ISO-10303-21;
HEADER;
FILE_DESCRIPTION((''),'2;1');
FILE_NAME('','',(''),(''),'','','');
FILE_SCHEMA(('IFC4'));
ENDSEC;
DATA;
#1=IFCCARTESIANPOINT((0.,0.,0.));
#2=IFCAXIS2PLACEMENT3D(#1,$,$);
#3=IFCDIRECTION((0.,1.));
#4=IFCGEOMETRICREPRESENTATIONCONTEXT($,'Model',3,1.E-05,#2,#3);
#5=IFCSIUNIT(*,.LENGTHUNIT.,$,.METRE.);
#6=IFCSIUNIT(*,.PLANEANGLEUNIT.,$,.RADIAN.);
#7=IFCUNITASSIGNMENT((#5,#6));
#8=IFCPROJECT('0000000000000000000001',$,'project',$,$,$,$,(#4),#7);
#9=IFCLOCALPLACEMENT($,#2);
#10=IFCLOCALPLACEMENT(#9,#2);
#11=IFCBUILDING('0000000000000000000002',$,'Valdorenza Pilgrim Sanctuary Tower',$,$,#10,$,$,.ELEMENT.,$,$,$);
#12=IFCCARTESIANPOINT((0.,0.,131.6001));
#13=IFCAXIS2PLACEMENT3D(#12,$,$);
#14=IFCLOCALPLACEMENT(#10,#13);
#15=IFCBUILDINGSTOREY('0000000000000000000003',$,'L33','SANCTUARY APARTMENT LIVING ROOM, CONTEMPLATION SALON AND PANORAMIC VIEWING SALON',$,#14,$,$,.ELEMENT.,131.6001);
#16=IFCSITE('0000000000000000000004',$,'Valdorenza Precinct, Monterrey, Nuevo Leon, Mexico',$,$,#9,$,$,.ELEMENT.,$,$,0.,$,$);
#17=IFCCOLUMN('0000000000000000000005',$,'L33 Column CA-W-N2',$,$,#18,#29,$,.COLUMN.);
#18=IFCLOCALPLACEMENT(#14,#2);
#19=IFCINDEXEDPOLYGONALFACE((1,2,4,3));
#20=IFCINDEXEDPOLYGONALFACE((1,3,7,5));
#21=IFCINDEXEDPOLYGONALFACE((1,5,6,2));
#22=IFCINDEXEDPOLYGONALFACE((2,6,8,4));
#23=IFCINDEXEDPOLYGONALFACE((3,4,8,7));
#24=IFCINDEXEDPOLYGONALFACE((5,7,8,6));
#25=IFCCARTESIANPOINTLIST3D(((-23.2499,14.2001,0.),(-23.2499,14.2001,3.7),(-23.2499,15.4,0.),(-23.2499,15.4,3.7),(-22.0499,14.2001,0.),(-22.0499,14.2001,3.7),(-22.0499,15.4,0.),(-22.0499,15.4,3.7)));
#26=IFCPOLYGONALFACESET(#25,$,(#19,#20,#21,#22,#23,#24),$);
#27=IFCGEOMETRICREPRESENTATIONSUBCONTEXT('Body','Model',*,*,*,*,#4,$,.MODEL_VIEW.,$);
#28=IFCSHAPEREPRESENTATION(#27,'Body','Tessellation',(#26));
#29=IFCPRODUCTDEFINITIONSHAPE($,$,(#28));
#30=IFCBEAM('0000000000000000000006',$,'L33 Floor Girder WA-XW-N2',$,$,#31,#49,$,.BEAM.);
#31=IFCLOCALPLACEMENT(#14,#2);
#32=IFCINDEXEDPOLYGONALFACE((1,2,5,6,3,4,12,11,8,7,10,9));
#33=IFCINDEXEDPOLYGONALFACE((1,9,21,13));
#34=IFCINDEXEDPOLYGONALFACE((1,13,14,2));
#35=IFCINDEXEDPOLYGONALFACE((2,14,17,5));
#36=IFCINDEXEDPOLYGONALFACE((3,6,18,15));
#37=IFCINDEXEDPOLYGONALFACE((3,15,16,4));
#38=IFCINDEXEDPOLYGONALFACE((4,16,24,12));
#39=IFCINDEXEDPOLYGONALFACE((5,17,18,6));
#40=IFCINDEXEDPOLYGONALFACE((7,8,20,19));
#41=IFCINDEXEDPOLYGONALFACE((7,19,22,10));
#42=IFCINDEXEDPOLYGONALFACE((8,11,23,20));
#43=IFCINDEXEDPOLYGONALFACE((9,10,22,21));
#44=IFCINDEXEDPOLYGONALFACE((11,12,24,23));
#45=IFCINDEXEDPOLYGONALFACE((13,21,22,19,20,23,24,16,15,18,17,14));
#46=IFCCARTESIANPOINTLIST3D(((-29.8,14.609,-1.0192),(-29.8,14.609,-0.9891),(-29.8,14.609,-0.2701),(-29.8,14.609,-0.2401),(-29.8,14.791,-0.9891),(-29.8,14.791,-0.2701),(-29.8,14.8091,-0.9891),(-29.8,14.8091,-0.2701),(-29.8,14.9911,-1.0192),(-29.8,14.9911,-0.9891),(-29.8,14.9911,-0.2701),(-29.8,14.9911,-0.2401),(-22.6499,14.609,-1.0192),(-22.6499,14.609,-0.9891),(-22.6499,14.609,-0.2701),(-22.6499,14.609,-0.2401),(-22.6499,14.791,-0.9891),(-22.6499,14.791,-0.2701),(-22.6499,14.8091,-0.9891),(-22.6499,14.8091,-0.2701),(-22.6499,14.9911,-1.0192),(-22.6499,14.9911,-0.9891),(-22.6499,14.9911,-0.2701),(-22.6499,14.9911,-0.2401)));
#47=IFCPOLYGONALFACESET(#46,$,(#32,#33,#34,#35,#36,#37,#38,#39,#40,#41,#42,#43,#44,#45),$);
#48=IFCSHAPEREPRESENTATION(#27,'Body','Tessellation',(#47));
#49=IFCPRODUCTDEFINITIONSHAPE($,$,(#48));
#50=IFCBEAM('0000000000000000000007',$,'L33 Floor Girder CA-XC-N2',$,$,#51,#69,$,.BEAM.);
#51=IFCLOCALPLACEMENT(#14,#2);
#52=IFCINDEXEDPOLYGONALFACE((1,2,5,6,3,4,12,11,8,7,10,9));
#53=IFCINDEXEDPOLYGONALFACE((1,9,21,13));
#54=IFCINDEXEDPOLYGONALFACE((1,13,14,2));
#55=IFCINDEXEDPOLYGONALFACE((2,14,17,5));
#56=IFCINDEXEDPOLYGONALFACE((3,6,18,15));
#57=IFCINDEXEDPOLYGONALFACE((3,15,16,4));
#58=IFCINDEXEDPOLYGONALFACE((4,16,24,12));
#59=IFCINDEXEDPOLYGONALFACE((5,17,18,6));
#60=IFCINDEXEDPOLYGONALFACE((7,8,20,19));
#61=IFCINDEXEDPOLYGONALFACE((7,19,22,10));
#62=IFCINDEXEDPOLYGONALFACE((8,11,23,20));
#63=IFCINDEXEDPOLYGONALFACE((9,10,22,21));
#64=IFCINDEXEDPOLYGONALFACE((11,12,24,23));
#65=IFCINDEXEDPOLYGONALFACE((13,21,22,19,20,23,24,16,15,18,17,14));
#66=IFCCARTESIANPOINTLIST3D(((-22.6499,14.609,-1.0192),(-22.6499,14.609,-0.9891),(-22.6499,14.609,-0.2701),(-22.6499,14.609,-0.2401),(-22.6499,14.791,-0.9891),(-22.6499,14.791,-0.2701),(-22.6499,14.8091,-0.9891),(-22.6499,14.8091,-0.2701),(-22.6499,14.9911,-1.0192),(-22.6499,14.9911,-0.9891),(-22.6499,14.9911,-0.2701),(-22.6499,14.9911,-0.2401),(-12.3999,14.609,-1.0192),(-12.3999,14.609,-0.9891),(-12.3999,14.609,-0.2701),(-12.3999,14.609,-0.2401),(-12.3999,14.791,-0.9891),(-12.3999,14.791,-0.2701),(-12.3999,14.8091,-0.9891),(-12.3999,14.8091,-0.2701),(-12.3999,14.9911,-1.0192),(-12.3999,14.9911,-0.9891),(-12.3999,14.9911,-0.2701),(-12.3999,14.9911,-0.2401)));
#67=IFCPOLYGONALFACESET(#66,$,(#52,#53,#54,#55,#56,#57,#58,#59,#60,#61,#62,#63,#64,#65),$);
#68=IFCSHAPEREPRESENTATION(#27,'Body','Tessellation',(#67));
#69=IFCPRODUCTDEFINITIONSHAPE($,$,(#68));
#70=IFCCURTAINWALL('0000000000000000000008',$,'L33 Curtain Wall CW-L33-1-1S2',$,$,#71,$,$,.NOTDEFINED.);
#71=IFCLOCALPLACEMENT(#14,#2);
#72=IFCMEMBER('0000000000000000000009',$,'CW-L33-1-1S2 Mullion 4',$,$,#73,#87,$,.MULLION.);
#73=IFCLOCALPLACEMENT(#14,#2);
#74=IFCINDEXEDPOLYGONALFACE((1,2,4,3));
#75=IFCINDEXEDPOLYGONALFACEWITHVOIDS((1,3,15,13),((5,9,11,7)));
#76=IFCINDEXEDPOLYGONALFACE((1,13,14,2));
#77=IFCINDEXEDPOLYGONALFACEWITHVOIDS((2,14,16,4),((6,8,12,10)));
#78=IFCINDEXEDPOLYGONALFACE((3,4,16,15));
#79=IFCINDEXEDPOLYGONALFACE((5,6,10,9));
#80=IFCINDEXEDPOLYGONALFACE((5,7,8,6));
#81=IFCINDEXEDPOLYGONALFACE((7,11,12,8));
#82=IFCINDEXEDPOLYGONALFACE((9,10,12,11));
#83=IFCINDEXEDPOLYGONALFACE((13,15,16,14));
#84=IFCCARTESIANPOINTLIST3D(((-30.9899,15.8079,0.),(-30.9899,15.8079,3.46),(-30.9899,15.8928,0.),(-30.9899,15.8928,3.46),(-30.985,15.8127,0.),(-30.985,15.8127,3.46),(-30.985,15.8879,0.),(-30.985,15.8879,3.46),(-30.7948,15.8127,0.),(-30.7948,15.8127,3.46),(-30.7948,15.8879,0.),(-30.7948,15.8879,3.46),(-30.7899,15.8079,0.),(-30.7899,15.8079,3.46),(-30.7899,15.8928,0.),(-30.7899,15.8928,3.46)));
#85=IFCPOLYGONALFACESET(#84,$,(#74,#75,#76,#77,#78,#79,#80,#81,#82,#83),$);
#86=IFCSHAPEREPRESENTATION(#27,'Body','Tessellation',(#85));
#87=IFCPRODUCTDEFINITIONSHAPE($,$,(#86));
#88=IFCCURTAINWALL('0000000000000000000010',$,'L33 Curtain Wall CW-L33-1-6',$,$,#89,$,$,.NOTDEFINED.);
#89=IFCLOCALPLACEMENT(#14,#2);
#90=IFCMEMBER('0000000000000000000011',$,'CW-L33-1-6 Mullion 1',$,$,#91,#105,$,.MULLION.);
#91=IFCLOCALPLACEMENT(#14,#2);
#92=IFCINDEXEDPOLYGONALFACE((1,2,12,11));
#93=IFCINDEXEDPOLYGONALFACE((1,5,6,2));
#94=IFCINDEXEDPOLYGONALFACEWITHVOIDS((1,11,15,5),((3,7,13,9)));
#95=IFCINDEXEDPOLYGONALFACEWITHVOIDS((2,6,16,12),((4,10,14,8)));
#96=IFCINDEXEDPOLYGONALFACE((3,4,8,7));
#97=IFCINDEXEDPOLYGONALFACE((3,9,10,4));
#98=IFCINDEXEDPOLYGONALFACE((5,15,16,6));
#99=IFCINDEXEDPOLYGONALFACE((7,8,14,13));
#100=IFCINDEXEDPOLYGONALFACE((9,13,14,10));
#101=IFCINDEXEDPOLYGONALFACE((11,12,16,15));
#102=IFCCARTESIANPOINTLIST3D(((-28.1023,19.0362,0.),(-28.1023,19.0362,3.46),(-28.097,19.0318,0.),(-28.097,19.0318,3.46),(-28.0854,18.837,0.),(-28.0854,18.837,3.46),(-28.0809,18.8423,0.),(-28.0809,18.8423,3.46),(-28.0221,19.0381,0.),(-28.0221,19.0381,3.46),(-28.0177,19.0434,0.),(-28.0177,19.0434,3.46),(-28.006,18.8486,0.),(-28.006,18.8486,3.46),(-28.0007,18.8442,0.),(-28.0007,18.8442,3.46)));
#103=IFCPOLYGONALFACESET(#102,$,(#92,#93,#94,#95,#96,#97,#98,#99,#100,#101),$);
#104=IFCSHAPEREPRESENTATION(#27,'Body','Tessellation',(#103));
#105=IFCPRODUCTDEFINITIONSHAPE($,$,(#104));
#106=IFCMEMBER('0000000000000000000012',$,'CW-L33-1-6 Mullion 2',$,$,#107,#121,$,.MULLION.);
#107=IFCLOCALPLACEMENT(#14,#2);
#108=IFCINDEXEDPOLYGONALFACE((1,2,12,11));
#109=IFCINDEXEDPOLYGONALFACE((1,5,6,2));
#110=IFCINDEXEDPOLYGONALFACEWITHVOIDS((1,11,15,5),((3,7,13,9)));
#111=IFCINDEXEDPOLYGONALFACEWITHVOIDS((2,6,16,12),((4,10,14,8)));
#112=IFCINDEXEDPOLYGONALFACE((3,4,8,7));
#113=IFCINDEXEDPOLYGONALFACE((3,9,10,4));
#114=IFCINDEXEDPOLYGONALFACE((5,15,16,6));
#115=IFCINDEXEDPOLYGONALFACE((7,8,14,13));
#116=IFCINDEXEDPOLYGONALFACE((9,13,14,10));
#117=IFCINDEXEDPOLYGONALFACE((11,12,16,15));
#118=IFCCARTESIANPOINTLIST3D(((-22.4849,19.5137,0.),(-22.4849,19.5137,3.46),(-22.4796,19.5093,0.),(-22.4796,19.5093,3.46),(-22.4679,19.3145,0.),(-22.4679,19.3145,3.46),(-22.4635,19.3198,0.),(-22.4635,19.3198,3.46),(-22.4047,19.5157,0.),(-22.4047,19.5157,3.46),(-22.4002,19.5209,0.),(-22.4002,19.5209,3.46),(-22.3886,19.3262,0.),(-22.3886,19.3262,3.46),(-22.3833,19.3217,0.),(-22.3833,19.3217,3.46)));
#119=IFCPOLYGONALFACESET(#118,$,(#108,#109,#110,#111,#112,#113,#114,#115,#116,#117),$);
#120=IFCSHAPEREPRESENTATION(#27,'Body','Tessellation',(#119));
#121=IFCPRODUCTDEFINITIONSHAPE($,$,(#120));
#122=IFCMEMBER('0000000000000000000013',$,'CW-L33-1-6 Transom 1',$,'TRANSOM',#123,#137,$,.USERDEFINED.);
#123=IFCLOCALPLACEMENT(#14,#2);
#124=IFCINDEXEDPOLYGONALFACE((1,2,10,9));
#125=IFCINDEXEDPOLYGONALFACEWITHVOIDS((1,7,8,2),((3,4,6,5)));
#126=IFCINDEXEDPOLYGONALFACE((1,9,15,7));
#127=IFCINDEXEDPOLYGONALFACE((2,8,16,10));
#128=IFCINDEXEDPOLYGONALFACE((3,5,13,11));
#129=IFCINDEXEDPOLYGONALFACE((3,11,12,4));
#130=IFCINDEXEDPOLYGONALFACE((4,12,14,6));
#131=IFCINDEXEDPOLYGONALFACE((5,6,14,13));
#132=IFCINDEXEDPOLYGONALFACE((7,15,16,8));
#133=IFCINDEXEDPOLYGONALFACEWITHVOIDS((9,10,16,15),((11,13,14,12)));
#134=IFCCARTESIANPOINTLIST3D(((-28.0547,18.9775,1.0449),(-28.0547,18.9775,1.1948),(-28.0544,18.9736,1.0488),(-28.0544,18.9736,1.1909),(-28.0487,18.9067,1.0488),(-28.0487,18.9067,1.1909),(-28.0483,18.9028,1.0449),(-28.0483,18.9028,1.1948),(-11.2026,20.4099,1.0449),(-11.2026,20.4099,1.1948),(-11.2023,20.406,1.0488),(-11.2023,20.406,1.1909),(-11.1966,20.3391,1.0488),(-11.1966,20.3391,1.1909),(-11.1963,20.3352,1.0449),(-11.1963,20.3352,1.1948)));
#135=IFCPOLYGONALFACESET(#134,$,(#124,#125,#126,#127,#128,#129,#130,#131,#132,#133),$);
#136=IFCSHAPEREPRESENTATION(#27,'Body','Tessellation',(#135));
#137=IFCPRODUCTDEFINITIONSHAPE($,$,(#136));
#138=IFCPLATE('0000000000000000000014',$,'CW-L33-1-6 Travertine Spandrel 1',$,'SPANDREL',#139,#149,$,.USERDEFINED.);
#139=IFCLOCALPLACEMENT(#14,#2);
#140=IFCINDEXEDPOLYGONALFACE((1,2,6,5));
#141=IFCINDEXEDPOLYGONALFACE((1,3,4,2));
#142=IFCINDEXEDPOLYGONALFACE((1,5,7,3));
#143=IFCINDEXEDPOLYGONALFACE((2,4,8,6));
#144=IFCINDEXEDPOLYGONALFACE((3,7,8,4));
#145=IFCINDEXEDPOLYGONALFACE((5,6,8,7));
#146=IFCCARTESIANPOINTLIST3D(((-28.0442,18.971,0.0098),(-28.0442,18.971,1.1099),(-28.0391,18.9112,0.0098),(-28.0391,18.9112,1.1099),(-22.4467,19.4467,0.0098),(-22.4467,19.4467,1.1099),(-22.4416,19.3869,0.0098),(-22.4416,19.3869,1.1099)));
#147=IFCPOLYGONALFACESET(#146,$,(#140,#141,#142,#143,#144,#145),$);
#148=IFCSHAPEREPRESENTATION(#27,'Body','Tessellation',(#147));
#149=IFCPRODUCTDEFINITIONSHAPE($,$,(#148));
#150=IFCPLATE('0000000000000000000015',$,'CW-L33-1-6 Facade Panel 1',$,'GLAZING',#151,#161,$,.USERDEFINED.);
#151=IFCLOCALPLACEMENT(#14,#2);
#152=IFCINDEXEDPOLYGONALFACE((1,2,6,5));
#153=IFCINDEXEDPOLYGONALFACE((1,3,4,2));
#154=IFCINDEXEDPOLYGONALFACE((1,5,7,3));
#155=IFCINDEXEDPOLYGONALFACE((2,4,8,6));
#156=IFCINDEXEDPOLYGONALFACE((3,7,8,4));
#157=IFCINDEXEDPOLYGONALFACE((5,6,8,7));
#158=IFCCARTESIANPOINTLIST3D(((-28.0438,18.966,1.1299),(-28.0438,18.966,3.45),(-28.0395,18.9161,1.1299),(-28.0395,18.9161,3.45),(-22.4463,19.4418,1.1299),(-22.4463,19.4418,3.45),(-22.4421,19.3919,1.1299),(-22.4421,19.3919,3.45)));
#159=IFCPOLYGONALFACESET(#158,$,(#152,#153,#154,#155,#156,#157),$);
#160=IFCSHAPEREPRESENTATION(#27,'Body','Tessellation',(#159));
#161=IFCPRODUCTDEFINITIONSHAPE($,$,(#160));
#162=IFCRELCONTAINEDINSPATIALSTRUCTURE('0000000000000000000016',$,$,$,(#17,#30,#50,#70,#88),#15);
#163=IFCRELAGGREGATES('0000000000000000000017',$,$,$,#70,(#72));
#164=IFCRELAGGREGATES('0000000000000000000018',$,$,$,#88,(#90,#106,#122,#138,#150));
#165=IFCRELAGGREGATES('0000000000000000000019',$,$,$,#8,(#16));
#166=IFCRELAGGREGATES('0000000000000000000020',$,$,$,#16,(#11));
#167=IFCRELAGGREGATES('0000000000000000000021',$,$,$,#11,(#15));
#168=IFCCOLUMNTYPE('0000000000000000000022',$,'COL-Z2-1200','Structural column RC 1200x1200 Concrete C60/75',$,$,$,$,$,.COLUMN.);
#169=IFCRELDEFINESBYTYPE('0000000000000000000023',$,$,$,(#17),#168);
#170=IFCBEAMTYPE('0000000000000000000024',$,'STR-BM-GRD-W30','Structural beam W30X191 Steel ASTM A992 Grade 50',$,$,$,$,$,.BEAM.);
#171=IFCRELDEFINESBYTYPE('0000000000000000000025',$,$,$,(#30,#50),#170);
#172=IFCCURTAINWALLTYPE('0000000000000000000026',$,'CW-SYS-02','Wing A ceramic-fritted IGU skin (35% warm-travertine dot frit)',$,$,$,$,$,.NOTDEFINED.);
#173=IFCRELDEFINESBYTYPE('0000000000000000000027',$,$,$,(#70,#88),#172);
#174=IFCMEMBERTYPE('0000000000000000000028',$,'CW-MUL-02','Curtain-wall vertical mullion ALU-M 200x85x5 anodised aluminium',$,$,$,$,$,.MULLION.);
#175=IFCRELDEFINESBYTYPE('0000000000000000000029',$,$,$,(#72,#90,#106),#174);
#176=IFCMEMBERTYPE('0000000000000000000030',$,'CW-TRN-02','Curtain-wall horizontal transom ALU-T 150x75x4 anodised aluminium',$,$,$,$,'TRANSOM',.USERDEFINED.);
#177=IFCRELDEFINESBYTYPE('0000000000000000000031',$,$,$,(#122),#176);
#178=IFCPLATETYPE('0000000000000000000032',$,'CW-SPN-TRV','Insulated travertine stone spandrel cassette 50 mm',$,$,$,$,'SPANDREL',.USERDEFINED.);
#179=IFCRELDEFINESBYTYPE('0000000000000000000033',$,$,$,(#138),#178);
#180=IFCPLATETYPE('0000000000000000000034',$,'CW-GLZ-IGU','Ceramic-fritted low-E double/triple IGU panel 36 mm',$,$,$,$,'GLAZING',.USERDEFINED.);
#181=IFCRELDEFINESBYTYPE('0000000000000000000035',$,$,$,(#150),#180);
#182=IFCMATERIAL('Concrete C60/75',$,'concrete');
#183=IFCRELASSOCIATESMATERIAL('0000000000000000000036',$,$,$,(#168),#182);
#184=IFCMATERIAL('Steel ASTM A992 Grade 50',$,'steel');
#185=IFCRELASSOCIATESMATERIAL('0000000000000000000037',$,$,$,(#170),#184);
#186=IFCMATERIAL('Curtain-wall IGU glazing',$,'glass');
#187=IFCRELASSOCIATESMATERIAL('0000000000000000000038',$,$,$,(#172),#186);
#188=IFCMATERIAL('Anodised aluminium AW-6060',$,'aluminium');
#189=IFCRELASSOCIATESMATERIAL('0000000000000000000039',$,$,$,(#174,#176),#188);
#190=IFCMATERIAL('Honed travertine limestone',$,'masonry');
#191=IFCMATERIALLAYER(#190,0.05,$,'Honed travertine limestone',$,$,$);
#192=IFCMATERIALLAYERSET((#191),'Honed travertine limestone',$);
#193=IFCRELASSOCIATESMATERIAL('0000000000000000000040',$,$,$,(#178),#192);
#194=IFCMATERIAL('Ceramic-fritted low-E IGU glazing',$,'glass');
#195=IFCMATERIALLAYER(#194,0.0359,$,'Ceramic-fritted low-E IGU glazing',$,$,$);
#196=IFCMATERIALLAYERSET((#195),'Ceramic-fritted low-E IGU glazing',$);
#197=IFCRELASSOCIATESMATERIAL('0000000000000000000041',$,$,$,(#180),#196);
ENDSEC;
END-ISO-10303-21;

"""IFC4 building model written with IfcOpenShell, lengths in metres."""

from ifc_helpers import new_model, si_unit, direction, frame, origin, origin_2d, place, context, subcontext, project, spatial, rectangle, hollow_rectangle, i_section, extrude, source, transform, mapped, material, layer, layer_set, material_profile, profile_set, type_object, element, aggregate, save


model = new_model("IFC4")

# Units and contexts
model_context = context("Model", 3, precision=1e-05, world=origin(), true_north=direction((0.0, 1.0)))
body_context = subcontext(model_context, "Body", "Model", "MODEL_VIEW")
ifc_project = project(units=[si_unit("LENGTHUNIT", "METRE"), si_unit("PLANEANGLEUNIT", "RADIAN")], contexts=[model_context])

# Site, building, storey
site_placement = place(None, origin())
site = spatial("IfcSite", under=ifc_project, at=site_placement, Name="Valdorenza Precinct, Monterrey, Nuevo Leon, Mexico", CompositionType="ELEMENT", RefElevation=0.0)
building_placement = place(site_placement, origin())
building = spatial("IfcBuilding", under=site, at=building_placement, Name="Valdorenza Pilgrim Sanctuary Tower", CompositionType="ELEMENT")
storey_placement = place(building_placement, frame((0.0, 0.0, 131.6001)))
storey = spatial("IfcBuildingStorey", under=building, at=storey_placement, Name="L33", Description="SANCTUARY APARTMENT LIVING ROOM, CONTEMPLATION SALON AND PANORAMIC VIEWING SALON", CompositionType="ELEMENT", Elevation=131.6001)

# Column
ifc_material_1 = material(Name="Concrete C60/75", Category="concrete")
ifc_material_profile_1 = material_profile(ifc_material_1, rectangle(XDim=1.2, YDim=1.2, at=origin_2d()), Name="RC 1200x1200")
ifc_profile_set_1 = profile_set([ifc_material_profile_1], Name="Concrete C60/75")
column_type = type_object("IfcColumnType", Name="COL-Z2-1200", Description="Structural column RC 1200x1200 Concrete C60/75", PredefinedType="COLUMN", material=ifc_profile_set_1)
shared_shape_1 = source(origin(), body_context, "Body", "SweptSolid", [
    extrude(rectangle(XDim=1.2, YDim=1.2, at=origin_2d()), origin(), (0.0, 0.0, 1.0), 3.7),
])
column_placement = place(storey_placement, frame((-22.6499, 14.8, 0.0), z_axis=(0.0, 0.0, 1.0), x_axis=(1.0, 0.0, 0.0)))
element("IfcColumn", 1, at=column_placement, inside=storey, type_object=column_type, Name="L33 Column CA-W-N2", PredefinedType="COLUMN", context=body_context, shape_type="MappedRepresentation", body=[
    mapped(shared_shape_1, transform((0.0, 0.0, 0.0), x_axis=(1.0, 0.0, 0.0), y_axis=(0.0, 1.0, 0.0), z_axis=(0.0, 0.0, 1.0), scale=1.0)),
])

# Beams
ifc_material_2 = material(Name="Steel ASTM A992 Grade 50", Category="steel")
ifc_material_profile_2 = material_profile(ifc_material_2, i_section(OverallWidth=0.3821, OverallDepth=0.7791, WebThickness=0.0181, FlangeThickness=0.03, at=origin_2d()), Name="W30X191")
ifc_profile_set_2 = profile_set([ifc_material_profile_2], Name="Steel ASTM A992 Grade 50")
beam_type = type_object("IfcBeamType", Name="STR-BM-GRD-W30", Description="Structural beam W30X191 Steel ASTM A992 Grade 50", PredefinedType="BEAM", material=ifc_profile_set_2)
shared_shape_2 = source(origin(), body_context, "Body", "SweptSolid", [
    extrude(i_section(OverallWidth=0.3821, OverallDepth=0.7791, WebThickness=0.0181, FlangeThickness=0.03, at=origin_2d()), origin(), (0.0, 0.0, 1.0), 7.1501),
])
beam_1_placement = place(storey_placement, frame((-29.8, 14.8, -0.6296), z_axis=(1.0, 0.0, 0.0), x_axis=(0.0, 1.0, 0.0)))
element("IfcBeam", 2, at=beam_1_placement, inside=storey, type_object=beam_type, Name="L33 Floor Girder WA-XW-N2", PredefinedType="BEAM", context=body_context, shape_type="MappedRepresentation", body=[
    mapped(shared_shape_2, transform((0.0, 0.0, 0.0), x_axis=(1.0, 0.0, 0.0), y_axis=(0.0, 1.0, 0.0), z_axis=(0.0, 0.0, 1.0), scale=1.0)),
])
shared_shape_3 = source(origin(), body_context, "Body", "SweptSolid", [
    extrude(i_section(OverallWidth=0.3821, OverallDepth=0.7791, WebThickness=0.0181, FlangeThickness=0.03, at=origin_2d()), origin(), (0.0, 0.0, 1.0), 10.25),
])
beam_2_placement = place(storey_placement, frame((-22.6499, 14.8, -0.6296), z_axis=(1.0, 0.0, 0.0), x_axis=(0.0, 1.0, 0.0)))
element("IfcBeam", 3, at=beam_2_placement, inside=storey, type_object=beam_type, Name="L33 Floor Girder CA-XC-N2", PredefinedType="BEAM", context=body_context, shape_type="MappedRepresentation", body=[
    mapped(shared_shape_3, transform((0.0, 0.0, 0.0), x_axis=(1.0, 0.0, 0.0), y_axis=(0.0, 1.0, 0.0), z_axis=(0.0, 0.0, 1.0), scale=1.0)),
])

# Curtain wall, member
ifc_material_3 = material(Name="Curtain-wall IGU glazing", Category="glass")
curtain_wall_type = type_object("IfcCurtainWallType", Name="CW-SYS-02", Description="Wing A ceramic-fritted IGU skin (35% warm-travertine dot frit)", PredefinedType="NOTDEFINED", material=ifc_material_3)
curtain_wall_1_placement = place(storey_placement, origin())
curtain_wall_1 = element("IfcCurtainWall", 4, at=curtain_wall_1_placement, inside=storey, type_object=curtain_wall_type, Name="L33 Curtain Wall CW-L33-1-1S2", PredefinedType="NOTDEFINED")
ifc_material_4 = material(Name="Anodised aluminium AW-6060", Category="aluminium")
ifc_material_profile_3 = material_profile(ifc_material_4, hollow_rectangle(XDim=0.085, YDim=0.2, WallThickness=0.0049, at=origin_2d()), Name="ALU-M 200x85x5")
ifc_profile_set_3 = profile_set([ifc_material_profile_3], Name="Anodised aluminium AW-6060")
member_type_1 = type_object("IfcMemberType", Name="CW-MUL-02", Description="Curtain-wall vertical mullion ALU-M 200x85x5 anodised aluminium", PredefinedType="MULLION", material=ifc_profile_set_3)
shared_shape_4 = source(origin(), body_context, "Body", "SweptSolid", [
    extrude(hollow_rectangle(XDim=0.085, YDim=0.2, WallThickness=0.0049, at=origin_2d()), origin(), (0.0, 0.0, 1.0), 3.46),
])
member_1_placement = place(storey_placement, frame((-30.8899, 15.8503, 0.0), z_axis=(0.0, 0.0, 1.0), x_axis=(0.0, 1.0, 0.0)))
member_1 = element("IfcMember", 5, at=member_1_placement, type_object=member_type_1, Name="CW-L33-1-1S2 Mullion 4", PredefinedType="MULLION", context=body_context, shape_type="MappedRepresentation", body=[
    mapped(shared_shape_4, transform((0.0, 0.0, 0.0), x_axis=(1.0, 0.0, 0.0), y_axis=(0.0, 1.0, 0.0), z_axis=(0.0, 0.0, 1.0), scale=1.0)),
])
aggregate(curtain_wall_1, [member_1])

# Curtain wall, members, plates
curtain_wall_2_placement = place(storey_placement, origin())
curtain_wall_2 = element("IfcCurtainWall", 6, at=curtain_wall_2_placement, inside=storey, type_object=curtain_wall_type, Name="L33 Curtain Wall CW-L33-1-6", PredefinedType="NOTDEFINED")
member_2_placement = place(storey_placement, frame((-28.0515, 18.9402, 0.0), z_axis=(0.0, 0.0, 1.0), x_axis=(0.996408, 0.084687, 0.0)))
member_2 = element("IfcMember", 7, at=member_2_placement, type_object=member_type_1, Name="CW-L33-1-6 Mullion 1", PredefinedType="MULLION", context=body_context, shape_type="MappedRepresentation", body=[
    mapped(shared_shape_4, transform((0.0, 0.0, 0.0), x_axis=(1.0, 0.0, 0.0), y_axis=(0.0, 1.0, 0.0), z_axis=(0.0, 0.0, 1.0), scale=1.0)),
])
member_3_placement = place(storey_placement, frame((-22.4341, 19.4177, 0.0), z_axis=(0.0, 0.0, 1.0), x_axis=(0.996408, 0.084687, 0.0)))
member_3 = element("IfcMember", 8, at=member_3_placement, type_object=member_type_1, Name="CW-L33-1-6 Mullion 2", PredefinedType="MULLION", context=body_context, shape_type="MappedRepresentation", body=[
    mapped(shared_shape_4, transform((0.0, 0.0, 0.0), x_axis=(1.0, 0.0, 0.0), y_axis=(0.0, 1.0, 0.0), z_axis=(0.0, 0.0, 1.0), scale=1.0)),
])
ifc_material_profile_4 = material_profile(ifc_material_4, hollow_rectangle(XDim=0.075, YDim=0.1499, WallThickness=0.0039, at=origin_2d()), Name="ALU-T 150x75x4")
ifc_profile_set_4 = profile_set([ifc_material_profile_4], Name="Anodised aluminium AW-6060")
member_type_2 = type_object("IfcMemberType", Name="CW-TRN-02", Description="Curtain-wall horizontal transom ALU-T 150x75x4 anodised aluminium", ElementType="TRANSOM", PredefinedType="USERDEFINED", material=ifc_profile_set_4)
shared_shape_5 = source(origin(), body_context, "Body", "SweptSolid", [
    extrude(hollow_rectangle(XDim=0.075, YDim=0.1499, WallThickness=0.0039, at=origin_2d()), origin(), (0.0, 0.0, 1.0), 16.9128),
])
member_4_placement = place(storey_placement, frame((-28.0515, 18.9402, 1.1199), z_axis=(0.996407, 0.084692, 0.0), x_axis=(-0.084692, 0.996407, 0.0)))
member_4 = element("IfcMember", 9, at=member_4_placement, type_object=member_type_2, Name="CW-L33-1-6 Transom 1", ObjectType="TRANSOM", PredefinedType="USERDEFINED", context=body_context, shape_type="MappedRepresentation", body=[
    mapped(shared_shape_5, transform((0.0, 0.0, 0.0), x_axis=(1.0, 0.0, 0.0), y_axis=(0.0, 1.0, 0.0), z_axis=(0.0, 0.0, 1.0), scale=1.0)),
])
ifc_material_5 = material(Name="Honed travertine limestone", Category="masonry")
ifc_layer_1 = layer(ifc_material_5, 0.05, Name="Honed travertine limestone")
ifc_layer_set_1 = layer_set([ifc_layer_1], Name="Honed travertine limestone")
plate_type_1 = type_object("IfcPlateType", Name="CW-SPN-TRV", Description="Insulated travertine stone spandrel cassette 50 mm", ElementType="SPANDREL", PredefinedType="USERDEFINED", material=ifc_layer_set_1)
shared_shape_6 = source(origin(), body_context, "Body", "SweptSolid", [
    extrude(rectangle(XDim=5.6177, YDim=0.0601, at=origin_2d()), origin(), (0.0, 0.0, 1.0), 1.1001),
])
plate_1_placement = place(storey_placement, frame((-25.2429, 19.179, 0.0098), z_axis=(0.0, 0.0, 1.0), x_axis=(0.996408, 0.084687, 0.0)))
plate_1 = element("IfcPlate", 10, at=plate_1_placement, type_object=plate_type_1, Name="CW-L33-1-6 Travertine Spandrel 1", ObjectType="SPANDREL", PredefinedType="USERDEFINED", context=body_context, shape_type="MappedRepresentation", body=[
    mapped(shared_shape_6, transform((0.0, 0.0, 0.0), x_axis=(1.0, 0.0, 0.0), y_axis=(0.0, 1.0, 0.0), z_axis=(0.0, 0.0, 1.0), scale=1.0)),
])
ifc_material_6 = material(Name="Ceramic-fritted low-E IGU glazing", Category="glass")
ifc_layer_2 = layer(ifc_material_6, 0.0359, Name="Ceramic-fritted low-E IGU glazing")
ifc_layer_set_2 = layer_set([ifc_layer_2], Name="Ceramic-fritted low-E IGU glazing")
plate_type_2 = type_object("IfcPlateType", Name="CW-GLZ-IGU", Description="Ceramic-fritted low-E double/triple IGU panel 36 mm", ElementType="GLAZING", PredefinedType="USERDEFINED", material=ifc_layer_set_2)
shared_shape_7 = source(origin(), body_context, "Body", "SweptSolid", [
    extrude(rectangle(XDim=5.6177, YDim=0.05, at=origin_2d()), origin(), (0.0, 0.0, 1.0), 2.3201),
])
plate_2_placement = place(storey_placement, frame((-25.2429, 19.179, 1.1299), z_axis=(0.0, 0.0, 1.0), x_axis=(0.996408, 0.084687, 0.0)))
plate_2 = element("IfcPlate", 11, at=plate_2_placement, type_object=plate_type_2, Name="CW-L33-1-6 Facade Panel 1", ObjectType="GLAZING", PredefinedType="USERDEFINED", context=body_context, shape_type="MappedRepresentation", body=[
    mapped(shared_shape_7, transform((0.0, 0.0, 0.0), x_axis=(1.0, 0.0, 0.0), y_axis=(0.0, 1.0, 0.0), z_axis=(0.0, 0.0, 1.0), scale=1.0)),
])
aggregate(curtain_wall_2, [member_2, member_3, member_4, plate_1, plate_2])

save(model, "model.ifc")
